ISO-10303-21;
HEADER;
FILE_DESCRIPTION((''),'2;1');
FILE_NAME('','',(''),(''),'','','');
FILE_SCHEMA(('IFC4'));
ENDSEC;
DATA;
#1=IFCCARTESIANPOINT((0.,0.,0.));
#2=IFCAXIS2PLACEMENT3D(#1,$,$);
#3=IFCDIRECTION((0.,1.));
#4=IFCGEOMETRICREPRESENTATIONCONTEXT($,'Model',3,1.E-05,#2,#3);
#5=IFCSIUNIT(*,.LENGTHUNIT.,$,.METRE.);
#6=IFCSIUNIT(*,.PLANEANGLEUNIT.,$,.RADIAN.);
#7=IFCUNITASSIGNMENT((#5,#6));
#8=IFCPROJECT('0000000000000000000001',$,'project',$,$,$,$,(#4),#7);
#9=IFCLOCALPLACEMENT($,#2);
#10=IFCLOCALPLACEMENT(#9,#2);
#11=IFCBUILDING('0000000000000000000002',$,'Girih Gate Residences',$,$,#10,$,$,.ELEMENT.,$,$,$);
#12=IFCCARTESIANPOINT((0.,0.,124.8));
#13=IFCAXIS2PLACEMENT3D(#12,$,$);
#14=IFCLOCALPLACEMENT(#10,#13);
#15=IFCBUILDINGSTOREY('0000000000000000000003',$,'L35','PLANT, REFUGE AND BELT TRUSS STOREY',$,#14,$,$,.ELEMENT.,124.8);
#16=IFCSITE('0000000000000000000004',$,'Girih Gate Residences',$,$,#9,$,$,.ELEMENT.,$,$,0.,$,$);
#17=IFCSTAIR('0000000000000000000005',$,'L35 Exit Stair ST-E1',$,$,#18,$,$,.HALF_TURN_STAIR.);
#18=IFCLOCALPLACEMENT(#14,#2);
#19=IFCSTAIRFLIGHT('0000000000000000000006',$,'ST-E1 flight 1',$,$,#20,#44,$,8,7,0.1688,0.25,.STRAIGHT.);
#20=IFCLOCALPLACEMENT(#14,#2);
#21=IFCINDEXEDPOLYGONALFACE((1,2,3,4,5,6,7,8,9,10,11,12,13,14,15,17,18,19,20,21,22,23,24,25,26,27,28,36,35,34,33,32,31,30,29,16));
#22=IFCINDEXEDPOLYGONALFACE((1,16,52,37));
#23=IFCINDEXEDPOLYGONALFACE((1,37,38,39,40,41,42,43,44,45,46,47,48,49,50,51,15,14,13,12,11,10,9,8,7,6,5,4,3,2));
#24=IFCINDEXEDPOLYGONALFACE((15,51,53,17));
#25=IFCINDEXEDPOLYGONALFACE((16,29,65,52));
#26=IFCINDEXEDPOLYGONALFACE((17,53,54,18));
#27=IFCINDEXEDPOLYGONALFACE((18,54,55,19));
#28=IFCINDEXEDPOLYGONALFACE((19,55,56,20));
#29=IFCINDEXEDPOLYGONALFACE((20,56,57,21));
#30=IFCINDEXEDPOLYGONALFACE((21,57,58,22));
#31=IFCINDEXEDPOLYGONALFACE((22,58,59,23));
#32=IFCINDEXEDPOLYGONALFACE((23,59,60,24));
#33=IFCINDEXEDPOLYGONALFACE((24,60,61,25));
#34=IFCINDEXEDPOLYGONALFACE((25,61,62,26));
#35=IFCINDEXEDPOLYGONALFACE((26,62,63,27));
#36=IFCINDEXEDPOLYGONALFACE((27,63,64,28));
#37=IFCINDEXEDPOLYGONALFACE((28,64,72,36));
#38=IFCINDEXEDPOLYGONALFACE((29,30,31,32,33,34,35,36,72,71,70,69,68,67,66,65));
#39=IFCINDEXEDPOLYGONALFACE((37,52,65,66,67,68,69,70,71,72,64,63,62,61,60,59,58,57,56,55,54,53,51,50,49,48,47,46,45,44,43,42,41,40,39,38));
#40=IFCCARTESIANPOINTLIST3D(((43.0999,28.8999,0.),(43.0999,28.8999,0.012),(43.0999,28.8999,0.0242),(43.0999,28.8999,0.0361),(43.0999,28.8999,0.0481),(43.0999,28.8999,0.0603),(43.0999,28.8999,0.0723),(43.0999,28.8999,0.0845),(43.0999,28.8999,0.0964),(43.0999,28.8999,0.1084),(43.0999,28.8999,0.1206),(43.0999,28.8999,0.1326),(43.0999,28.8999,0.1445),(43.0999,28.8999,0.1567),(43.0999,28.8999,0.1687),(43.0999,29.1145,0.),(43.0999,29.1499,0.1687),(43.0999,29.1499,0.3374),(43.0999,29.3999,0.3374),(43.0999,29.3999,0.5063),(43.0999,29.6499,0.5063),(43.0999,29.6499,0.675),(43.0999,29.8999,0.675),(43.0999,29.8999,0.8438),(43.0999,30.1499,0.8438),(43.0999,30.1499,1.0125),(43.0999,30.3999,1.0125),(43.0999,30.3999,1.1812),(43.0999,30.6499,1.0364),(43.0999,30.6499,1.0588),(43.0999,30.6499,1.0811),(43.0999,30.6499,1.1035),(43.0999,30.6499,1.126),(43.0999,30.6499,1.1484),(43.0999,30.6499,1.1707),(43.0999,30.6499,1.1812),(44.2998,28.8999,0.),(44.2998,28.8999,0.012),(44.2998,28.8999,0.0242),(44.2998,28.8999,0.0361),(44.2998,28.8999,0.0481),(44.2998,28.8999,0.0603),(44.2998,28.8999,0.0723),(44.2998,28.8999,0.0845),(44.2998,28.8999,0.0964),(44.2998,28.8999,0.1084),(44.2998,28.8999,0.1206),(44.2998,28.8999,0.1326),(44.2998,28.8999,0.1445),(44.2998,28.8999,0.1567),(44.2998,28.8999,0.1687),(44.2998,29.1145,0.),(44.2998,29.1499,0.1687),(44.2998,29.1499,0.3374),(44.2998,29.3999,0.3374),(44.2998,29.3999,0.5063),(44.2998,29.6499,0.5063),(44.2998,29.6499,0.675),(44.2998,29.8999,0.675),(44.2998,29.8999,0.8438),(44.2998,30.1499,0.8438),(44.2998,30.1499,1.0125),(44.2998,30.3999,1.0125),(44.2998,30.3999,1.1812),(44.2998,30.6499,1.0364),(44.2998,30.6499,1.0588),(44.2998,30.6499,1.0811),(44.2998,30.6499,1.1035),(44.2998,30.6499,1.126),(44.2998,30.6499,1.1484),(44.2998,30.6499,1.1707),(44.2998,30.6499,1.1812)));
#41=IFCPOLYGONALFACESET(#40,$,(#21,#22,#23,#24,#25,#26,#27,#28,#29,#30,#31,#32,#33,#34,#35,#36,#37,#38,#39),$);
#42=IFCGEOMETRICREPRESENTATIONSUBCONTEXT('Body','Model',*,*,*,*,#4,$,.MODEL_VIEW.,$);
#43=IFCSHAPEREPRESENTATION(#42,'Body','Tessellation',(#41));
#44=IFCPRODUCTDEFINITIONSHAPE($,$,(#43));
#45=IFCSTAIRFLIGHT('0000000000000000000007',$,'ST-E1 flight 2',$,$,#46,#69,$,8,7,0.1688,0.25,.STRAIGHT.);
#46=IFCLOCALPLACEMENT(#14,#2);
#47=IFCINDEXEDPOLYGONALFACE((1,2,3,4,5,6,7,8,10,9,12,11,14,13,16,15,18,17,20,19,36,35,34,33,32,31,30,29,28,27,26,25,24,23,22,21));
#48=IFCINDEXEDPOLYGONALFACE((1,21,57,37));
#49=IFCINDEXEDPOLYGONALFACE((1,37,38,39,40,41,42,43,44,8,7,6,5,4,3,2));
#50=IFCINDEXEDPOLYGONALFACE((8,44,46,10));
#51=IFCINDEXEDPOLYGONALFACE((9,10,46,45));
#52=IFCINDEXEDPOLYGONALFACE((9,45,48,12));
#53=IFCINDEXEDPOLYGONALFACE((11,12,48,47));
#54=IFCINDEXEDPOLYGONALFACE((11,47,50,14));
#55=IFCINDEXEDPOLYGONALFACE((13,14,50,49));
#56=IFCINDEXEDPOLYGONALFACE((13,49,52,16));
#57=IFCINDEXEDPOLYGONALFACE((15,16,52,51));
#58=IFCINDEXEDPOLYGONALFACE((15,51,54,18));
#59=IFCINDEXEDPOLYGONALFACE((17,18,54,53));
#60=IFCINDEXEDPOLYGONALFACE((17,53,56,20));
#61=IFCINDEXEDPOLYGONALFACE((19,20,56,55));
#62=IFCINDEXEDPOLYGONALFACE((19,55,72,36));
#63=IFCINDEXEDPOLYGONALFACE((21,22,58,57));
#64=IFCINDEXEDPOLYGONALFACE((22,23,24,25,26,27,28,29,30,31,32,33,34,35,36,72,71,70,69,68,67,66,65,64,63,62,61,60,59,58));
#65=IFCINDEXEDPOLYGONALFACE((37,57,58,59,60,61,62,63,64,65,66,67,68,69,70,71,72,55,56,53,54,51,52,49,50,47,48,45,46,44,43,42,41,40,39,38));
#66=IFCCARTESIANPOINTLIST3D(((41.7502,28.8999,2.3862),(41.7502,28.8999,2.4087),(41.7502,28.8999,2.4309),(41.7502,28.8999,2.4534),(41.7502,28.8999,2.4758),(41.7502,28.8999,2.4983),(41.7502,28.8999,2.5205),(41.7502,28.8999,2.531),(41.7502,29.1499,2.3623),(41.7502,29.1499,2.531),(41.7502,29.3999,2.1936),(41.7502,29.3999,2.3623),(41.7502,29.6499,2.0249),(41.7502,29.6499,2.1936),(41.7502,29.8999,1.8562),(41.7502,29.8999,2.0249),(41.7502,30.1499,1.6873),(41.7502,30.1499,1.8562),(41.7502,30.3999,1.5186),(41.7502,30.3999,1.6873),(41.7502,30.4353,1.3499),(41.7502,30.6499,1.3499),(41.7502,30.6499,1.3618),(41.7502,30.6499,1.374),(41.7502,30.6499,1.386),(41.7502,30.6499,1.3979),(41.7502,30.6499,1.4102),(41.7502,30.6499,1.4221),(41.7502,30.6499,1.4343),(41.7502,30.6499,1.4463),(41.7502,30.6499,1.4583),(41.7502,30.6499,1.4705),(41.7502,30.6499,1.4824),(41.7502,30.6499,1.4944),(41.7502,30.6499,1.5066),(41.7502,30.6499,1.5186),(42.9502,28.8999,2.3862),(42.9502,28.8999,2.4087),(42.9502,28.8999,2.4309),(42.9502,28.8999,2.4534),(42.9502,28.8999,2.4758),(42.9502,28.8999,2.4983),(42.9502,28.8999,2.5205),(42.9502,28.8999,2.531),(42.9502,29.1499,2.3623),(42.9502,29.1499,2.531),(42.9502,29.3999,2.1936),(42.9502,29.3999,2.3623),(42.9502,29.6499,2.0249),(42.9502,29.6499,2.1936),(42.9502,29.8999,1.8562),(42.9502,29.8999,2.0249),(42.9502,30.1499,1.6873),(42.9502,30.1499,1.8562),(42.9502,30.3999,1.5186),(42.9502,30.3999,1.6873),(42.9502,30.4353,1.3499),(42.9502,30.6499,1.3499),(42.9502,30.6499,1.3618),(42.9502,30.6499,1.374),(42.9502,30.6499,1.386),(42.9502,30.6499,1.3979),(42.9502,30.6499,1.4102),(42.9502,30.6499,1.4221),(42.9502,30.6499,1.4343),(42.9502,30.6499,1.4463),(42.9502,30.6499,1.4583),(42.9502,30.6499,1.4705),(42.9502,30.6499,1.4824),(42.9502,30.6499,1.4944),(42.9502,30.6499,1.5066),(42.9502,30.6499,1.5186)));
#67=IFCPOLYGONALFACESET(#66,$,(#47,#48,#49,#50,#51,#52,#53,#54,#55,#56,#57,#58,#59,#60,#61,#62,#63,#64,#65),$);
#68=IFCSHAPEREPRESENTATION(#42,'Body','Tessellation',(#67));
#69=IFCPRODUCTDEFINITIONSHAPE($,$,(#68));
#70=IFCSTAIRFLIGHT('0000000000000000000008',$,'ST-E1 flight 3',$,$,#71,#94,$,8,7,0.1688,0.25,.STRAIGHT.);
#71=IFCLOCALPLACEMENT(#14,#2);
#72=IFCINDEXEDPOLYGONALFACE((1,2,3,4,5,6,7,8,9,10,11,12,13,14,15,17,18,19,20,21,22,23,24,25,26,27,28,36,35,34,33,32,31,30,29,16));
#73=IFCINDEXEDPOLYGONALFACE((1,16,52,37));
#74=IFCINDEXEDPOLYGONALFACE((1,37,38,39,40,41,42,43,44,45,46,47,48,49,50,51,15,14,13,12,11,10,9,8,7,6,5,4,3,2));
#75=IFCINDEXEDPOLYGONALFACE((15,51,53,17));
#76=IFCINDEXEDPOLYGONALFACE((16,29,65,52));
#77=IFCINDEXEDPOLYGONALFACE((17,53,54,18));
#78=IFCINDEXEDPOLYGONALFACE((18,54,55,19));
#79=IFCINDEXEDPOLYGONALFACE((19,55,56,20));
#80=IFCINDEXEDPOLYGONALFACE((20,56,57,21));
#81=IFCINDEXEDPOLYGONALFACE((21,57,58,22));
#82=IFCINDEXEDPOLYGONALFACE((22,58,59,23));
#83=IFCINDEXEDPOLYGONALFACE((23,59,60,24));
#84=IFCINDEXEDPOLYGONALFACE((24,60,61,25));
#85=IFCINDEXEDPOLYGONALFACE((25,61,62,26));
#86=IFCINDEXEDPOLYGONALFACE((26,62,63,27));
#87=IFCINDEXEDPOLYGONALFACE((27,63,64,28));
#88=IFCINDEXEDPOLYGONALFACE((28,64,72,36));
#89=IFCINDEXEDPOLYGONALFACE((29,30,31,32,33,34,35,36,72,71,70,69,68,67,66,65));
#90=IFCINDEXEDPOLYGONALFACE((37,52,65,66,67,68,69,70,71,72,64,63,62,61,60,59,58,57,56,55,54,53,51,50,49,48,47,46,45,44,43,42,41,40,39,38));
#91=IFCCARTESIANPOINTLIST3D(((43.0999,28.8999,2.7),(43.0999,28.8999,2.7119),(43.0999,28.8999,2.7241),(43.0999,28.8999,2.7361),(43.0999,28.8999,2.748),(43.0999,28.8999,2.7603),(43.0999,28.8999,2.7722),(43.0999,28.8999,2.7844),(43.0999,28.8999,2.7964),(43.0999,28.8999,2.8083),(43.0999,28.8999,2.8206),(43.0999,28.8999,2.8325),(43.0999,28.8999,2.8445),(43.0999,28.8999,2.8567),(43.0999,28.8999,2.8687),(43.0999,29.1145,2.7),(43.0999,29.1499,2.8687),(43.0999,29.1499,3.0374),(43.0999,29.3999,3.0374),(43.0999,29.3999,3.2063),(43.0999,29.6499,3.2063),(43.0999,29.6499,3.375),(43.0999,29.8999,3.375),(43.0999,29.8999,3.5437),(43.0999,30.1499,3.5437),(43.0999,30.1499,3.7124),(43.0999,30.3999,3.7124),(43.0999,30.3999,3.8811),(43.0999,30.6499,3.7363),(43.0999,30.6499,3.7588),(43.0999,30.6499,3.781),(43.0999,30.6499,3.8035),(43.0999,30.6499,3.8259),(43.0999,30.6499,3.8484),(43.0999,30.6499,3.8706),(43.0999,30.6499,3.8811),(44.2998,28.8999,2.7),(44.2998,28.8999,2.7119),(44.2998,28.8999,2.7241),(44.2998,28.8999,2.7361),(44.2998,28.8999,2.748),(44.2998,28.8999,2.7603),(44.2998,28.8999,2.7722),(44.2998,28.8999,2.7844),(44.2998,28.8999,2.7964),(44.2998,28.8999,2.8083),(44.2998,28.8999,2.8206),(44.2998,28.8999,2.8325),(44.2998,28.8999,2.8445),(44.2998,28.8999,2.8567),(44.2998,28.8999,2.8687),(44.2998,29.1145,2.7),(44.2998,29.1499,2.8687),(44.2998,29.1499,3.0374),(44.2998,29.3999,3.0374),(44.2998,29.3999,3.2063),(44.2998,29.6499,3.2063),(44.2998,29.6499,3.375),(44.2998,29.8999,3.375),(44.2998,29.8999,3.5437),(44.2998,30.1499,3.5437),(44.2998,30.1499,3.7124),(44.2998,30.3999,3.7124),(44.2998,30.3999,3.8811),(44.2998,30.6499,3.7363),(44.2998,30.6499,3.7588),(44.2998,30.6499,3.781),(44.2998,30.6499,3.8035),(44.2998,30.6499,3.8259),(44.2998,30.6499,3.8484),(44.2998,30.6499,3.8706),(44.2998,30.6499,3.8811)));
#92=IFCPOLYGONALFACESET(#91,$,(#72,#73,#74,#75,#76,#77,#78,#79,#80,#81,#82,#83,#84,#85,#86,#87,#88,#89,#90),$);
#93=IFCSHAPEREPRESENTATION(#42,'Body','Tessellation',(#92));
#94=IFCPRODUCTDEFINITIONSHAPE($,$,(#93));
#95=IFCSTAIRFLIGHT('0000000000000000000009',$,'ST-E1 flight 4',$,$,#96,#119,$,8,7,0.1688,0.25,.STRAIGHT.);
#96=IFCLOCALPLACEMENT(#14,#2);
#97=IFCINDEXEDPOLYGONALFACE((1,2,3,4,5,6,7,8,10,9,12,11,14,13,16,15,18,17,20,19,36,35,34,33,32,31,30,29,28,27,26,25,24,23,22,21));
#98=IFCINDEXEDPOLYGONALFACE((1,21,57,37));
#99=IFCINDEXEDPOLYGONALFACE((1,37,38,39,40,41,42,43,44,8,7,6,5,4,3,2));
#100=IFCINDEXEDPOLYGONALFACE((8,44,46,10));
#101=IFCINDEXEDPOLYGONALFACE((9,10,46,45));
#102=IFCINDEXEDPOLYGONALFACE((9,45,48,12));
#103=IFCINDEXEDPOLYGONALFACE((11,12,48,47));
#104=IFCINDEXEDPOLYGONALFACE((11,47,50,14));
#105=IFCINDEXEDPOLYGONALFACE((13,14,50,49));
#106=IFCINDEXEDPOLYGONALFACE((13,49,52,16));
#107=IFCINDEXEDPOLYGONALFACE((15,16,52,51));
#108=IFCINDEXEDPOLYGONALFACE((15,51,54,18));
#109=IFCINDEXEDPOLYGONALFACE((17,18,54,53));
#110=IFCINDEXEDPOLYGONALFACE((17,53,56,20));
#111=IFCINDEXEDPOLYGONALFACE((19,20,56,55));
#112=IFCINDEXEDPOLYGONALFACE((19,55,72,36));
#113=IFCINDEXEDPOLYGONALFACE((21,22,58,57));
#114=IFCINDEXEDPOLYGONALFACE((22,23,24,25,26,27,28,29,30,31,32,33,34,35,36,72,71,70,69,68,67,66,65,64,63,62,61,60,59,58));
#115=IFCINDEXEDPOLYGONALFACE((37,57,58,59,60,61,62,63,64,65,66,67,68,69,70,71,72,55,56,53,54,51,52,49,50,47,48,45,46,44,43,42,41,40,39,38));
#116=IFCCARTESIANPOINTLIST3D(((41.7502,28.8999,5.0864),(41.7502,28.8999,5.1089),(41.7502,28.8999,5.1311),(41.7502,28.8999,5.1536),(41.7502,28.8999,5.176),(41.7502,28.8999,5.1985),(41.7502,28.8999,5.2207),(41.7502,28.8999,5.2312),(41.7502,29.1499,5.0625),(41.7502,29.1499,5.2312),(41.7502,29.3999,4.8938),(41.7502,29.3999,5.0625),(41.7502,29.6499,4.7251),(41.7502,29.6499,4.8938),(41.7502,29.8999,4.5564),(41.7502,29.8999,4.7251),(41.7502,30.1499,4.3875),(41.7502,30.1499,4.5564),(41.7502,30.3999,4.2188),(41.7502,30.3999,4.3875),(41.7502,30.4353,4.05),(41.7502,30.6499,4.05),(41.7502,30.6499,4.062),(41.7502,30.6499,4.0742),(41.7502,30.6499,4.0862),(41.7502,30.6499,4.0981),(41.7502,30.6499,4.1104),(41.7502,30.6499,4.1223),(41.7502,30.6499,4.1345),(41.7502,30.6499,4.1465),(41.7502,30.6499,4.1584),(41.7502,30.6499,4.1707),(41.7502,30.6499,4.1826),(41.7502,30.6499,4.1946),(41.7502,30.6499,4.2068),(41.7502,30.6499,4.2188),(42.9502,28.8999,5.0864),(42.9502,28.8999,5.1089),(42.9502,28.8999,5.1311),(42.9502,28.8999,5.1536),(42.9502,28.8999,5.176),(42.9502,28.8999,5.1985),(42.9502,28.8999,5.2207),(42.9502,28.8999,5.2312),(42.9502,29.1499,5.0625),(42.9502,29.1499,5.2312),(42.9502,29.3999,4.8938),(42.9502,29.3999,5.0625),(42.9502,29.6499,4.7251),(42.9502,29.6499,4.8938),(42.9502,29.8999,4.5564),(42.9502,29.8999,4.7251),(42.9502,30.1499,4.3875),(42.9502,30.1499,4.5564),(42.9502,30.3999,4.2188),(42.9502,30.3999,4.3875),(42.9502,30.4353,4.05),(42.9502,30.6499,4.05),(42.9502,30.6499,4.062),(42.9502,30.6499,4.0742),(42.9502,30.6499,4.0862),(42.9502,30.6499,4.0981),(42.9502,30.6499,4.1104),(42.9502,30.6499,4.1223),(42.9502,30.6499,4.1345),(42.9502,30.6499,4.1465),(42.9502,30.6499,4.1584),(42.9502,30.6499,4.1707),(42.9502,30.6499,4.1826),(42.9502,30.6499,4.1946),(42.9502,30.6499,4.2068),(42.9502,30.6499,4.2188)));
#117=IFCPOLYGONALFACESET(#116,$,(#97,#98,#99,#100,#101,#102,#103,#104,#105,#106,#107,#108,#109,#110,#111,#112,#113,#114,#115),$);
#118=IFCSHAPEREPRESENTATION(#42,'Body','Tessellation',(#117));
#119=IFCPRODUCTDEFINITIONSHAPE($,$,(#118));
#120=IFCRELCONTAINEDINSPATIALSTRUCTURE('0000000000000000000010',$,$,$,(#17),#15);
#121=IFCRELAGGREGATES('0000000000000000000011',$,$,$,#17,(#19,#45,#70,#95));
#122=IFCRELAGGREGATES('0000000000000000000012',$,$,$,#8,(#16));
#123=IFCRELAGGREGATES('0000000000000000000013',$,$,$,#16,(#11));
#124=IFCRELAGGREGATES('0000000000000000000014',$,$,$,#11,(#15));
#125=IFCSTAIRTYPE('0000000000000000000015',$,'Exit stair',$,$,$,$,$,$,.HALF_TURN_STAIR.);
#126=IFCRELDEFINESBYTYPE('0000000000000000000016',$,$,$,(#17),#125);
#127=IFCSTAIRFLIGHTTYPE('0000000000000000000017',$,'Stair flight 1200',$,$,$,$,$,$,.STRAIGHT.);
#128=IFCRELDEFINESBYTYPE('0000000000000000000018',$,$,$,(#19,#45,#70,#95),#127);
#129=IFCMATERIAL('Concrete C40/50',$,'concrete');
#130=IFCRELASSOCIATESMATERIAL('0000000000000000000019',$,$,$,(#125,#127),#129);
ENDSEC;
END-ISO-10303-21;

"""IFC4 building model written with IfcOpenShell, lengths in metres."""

from ifc_helpers import new_model, si_unit, direction, frame, origin, place, context, subcontext, project, spatial, polyline, outline, extrude, material, type_object, element, aggregate, save


model = new_model("IFC4")

# Units and contexts
model_context = context("Model", 3, precision=1e-05, world=origin(), true_north=direction((0.0, 1.0)))
body_context = subcontext(model_context, "Body", "Model", "MODEL_VIEW")
ifc_project = project(units=[si_unit("LENGTHUNIT", "METRE"), si_unit("PLANEANGLEUNIT", "RADIAN")], contexts=[model_context])

# Site, building, storey
site_placement = place(None, origin())
site = spatial("IfcSite", under=ifc_project, at=site_placement, Name="Girih Gate Residences", CompositionType="ELEMENT", RefElevation=0.0)
building_placement = place(site_placement, origin())
building = spatial("IfcBuilding", under=site, at=building_placement, Name="Girih Gate Residences", CompositionType="ELEMENT")
storey_placement = place(building_placement, frame((0.0, 0.0, 124.8)))
storey = spatial("IfcBuildingStorey", under=building, at=storey_placement, Name="L35", Description="PLANT, REFUGE AND BELT TRUSS STOREY", CompositionType="ELEMENT", Elevation=124.8)

# Shared definitions
ifc_material_1 = material(Name="Concrete C40/50", Category="concrete")

# Stair, stair flights
stair_type = type_object("IfcStairType", Name="Exit stair", PredefinedType="HALF_TURN_STAIR", material=ifc_material_1)
stair_placement = place(storey_placement, origin())
stair = element("IfcStair", 1, at=stair_placement, inside=storey, type_object=stair_type, Name="L35 Exit Stair ST-E1", PredefinedType="HALF_TURN_STAIR")
stair_flight_type = type_object("IfcStairFlightType", Name="Stair flight 1200", PredefinedType="STRAIGHT", material=ifc_material_1)
stair_flight_1_placement = place(storey_placement, frame((43.7, 28.8999, 0.0), z_axis=(0.0, 0.0, 1.0), x_axis=(0.0, 1.0, 0.0)))
stair_flight_1 = element("IfcStairFlight", 2, at=stair_flight_1_placement, type_object=stair_flight_type, Name="ST-E1 flight 1", NumberOfRisers=8, NumberOfTreads=7, PredefinedType="STRAIGHT", RiserHeight=0.1688, TreadLength=0.25, context=body_context, shape_type="SweptSolid", body=[
    extrude(outline(polyline([(0.0, 0.0), (0.0, 0.012), (0.0, 0.0242), (0.0, 0.0361), (0.0, 0.0481), (0.0, 0.0603), (0.0, 0.0723), (0.0, 0.0845), (0.0, 0.0964), (0.0, 0.1084), (0.0, 0.1206), (0.0, 0.1326), (0.0, 0.1445), (0.0, 0.1567), (0.0, 0.1687), (0.25, 0.1687), (0.25, 0.3374), (0.5, 0.3374), (0.5, 0.5063), (0.75, 0.5063), (0.75, 0.675), (1.0, 0.675), (1.0, 0.8438), (1.25, 0.8438), (1.25, 1.0125), (1.5, 1.0125), (1.5, 1.1812), (1.75, 1.1812), (1.75, 1.1934), (1.75, 1.2053), (1.75, 1.2175), (1.75, 1.2295), (1.75, 1.2415), (1.75, 1.2537), (1.75, 1.2656), (1.75, 1.2776), (1.75, 1.2898), (1.75, 1.3018), (1.75, 1.3137), (1.75, 1.3259), (1.75, 1.3379), (1.75, 1.3501), (1.75, 1.3276), (1.75, 1.3052), (1.75, 1.2827), (1.75, 1.2605), (1.75, 1.238), (1.75, 1.2156), (1.75, 1.1931), (1.75, 1.1707), (1.75, 1.1484), (1.75, 1.126), (1.75, 1.1035), (1.75, 1.0811), (1.75, 1.0588), (1.75, 1.0364), (0.2146, 0.0), (0.0, 0.0)])), frame((0.0, 0.6001, 0.0), z_axis=(0.0, -1.0, 0.0), x_axis=(1.0, 0.0, 0.0)), (0.0, 0.0, 1.0), 1.2),
])
stair_flight_2_placement = place(storey_placement, frame((42.3501, 30.6499, 1.3499), z_axis=(0.0, 0.0, 1.0), x_axis=(0.0, -1.0, 0.0)))
stair_flight_2 = element("IfcStairFlight", 3, at=stair_flight_2_placement, type_object=stair_flight_type, Name="ST-E1 flight 2", NumberOfRisers=8, NumberOfTreads=7, PredefinedType="STRAIGHT", RiserHeight=0.1688, TreadLength=0.25, context=body_context, shape_type="SweptSolid", body=[
    extrude(outline(polyline([(0.0, 0.0), (0.0, 0.012), (0.0, 0.0242), (0.0, 0.0361), (0.0, 0.0481), (0.0, 0.0603), (0.0, 0.0723), (0.0, 0.0845), (0.0, 0.0964), (0.0, 0.1084), (0.0, 0.1206), (0.0, 0.1326), (0.0, 0.1445), (0.0, 0.1567), (0.0, 0.1687), (0.25, 0.1687), (0.25, 0.3374), (0.5, 0.3374), (0.5, 0.5063), (0.75, 0.5063), (0.75, 0.675), (1.0, 0.675), (1.0, 0.8438), (1.25, 0.8438), (1.25, 1.0125), (1.5, 1.0125), (1.5, 1.1812), (1.75, 1.1812), (1.75, 1.1934), (1.75, 1.2053), (1.75, 1.2175), (1.75, 1.2295), (1.75, 1.2415), (1.75, 1.2537), (1.75, 1.2656), (1.75, 1.2776), (1.75, 1.2898), (1.75, 1.3018), (1.75, 1.3137), (1.75, 1.3259), (1.75, 1.3379), (1.75, 1.3501), (1.75, 1.3276), (1.75, 1.3052), (1.75, 1.2827), (1.75, 1.2605), (1.75, 1.238), (1.75, 1.2156), (1.75, 1.1931), (1.75, 1.1707), (1.75, 1.1484), (1.75, 1.126), (1.75, 1.1035), (1.75, 1.0811), (1.75, 1.0588), (1.75, 1.0364), (0.2146, 0.0), (0.0, 0.0)])), frame((0.0, 0.6001, 0.0), z_axis=(0.0, -1.0, 0.0), x_axis=(1.0, 0.0, 0.0)), (0.0, 0.0, 1.0), 1.2),
])
stair_flight_3_placement = place(storey_placement, frame((43.7, 28.8999, 2.7), z_axis=(0.0, 0.0, 1.0), x_axis=(0.0, 1.0, 0.0)))
stair_flight_3 = element("IfcStairFlight", 4, at=stair_flight_3_placement, type_object=stair_flight_type, Name="ST-E1 flight 3", NumberOfRisers=8, NumberOfTreads=7, PredefinedType="STRAIGHT", RiserHeight=0.1688, TreadLength=0.25, context=body_context, shape_type="SweptSolid", body=[
    extrude(outline(polyline([(0.0, 0.0), (0.0, 0.012), (0.0, 0.0242), (0.0, 0.0361), (0.0, 0.0481), (0.0, 0.0603), (0.0, 0.0723), (0.0, 0.0845), (0.0, 0.0964), (0.0, 0.1084), (0.0, 0.1206), (0.0, 0.1326), (0.0, 0.1445), (0.0, 0.1567), (0.0, 0.1687), (0.25, 0.1687), (0.25, 0.3374), (0.5, 0.3374), (0.5, 0.5063), (0.75, 0.5063), (0.75, 0.675), (1.0, 0.675), (1.0, 0.8438), (1.25, 0.8438), (1.25, 1.0125), (1.5, 1.0125), (1.5, 1.1812), (1.75, 1.1812), (1.75, 1.1934), (1.75, 1.2053), (1.75, 1.2175), (1.75, 1.2295), (1.75, 1.2415), (1.75, 1.2537), (1.75, 1.2656), (1.75, 1.2776), (1.75, 1.2898), (1.75, 1.3018), (1.75, 1.3137), (1.75, 1.3259), (1.75, 1.3379), (1.75, 1.3501), (1.75, 1.3276), (1.75, 1.3052), (1.75, 1.2827), (1.75, 1.2605), (1.75, 1.238), (1.75, 1.2156), (1.75, 1.1931), (1.75, 1.1707), (1.75, 1.1484), (1.75, 1.126), (1.75, 1.1035), (1.75, 1.0811), (1.75, 1.0588), (1.75, 1.0364), (0.2146, 0.0), (0.0, 0.0)])), frame((0.0, 0.6001, 0.0), z_axis=(0.0, -1.0, 0.0), x_axis=(1.0, 0.0, 0.0)), (0.0, 0.0, 1.0), 1.2),
])
stair_flight_4_placement = place(storey_placement, frame((42.3501, 30.6499, 4.05), z_axis=(0.0, 0.0, 1.0), x_axis=(0.0, -1.0, 0.0)))
stair_flight_4 = element("IfcStairFlight", 5, at=stair_flight_4_placement, type_object=stair_flight_type, Name="ST-E1 flight 4", NumberOfRisers=8, NumberOfTreads=7, PredefinedType="STRAIGHT", RiserHeight=0.1688, TreadLength=0.25, context=body_context, shape_type="SweptSolid", body=[
    extrude(outline(polyline([(0.0, 0.0), (0.0, 0.012), (0.0, 0.0242), (0.0, 0.0361), (0.0, 0.0481), (0.0, 0.0603), (0.0, 0.0723), (0.0, 0.0845), (0.0, 0.0964), (0.0, 0.1084), (0.0, 0.1206), (0.0, 0.1326), (0.0, 0.1445), (0.0, 0.1567), (0.0, 0.1687), (0.25, 0.1687), (0.25, 0.3374), (0.5, 0.3374), (0.5, 0.5063), (0.75, 0.5063), (0.75, 0.675), (1.0, 0.675), (1.0, 0.8438), (1.25, 0.8438), (1.25, 1.0125), (1.5, 1.0125), (1.5, 1.1812), (1.75, 1.1812), (1.75, 1.1934), (1.75, 1.2053), (1.75, 1.2175), (1.75, 1.2295), (1.75, 1.2415), (1.75, 1.2537), (1.75, 1.2656), (1.75, 1.2776), (1.75, 1.2898), (1.75, 1.3018), (1.75, 1.3137), (1.75, 1.3259), (1.75, 1.3379), (1.75, 1.3501), (1.75, 1.3276), (1.75, 1.3052), (1.75, 1.2827), (1.75, 1.2605), (1.75, 1.238), (1.75, 1.2156), (1.75, 1.1931), (1.75, 1.1707), (1.75, 1.1484), (1.75, 1.126), (1.75, 1.1035), (1.75, 1.0811), (1.75, 1.0588), (1.75, 1.0364), (0.2146, 0.0), (0.0, 0.0)])), frame((0.0, 0.6001, 0.0), z_axis=(0.0, -1.0, 0.0), x_axis=(1.0, 0.0, 0.0)), (0.0, 0.0, 1.0), 1.2),
])
aggregate(stair, [stair_flight_1, stair_flight_2, stair_flight_3, stair_flight_4])

save(model, "model.ifc")
